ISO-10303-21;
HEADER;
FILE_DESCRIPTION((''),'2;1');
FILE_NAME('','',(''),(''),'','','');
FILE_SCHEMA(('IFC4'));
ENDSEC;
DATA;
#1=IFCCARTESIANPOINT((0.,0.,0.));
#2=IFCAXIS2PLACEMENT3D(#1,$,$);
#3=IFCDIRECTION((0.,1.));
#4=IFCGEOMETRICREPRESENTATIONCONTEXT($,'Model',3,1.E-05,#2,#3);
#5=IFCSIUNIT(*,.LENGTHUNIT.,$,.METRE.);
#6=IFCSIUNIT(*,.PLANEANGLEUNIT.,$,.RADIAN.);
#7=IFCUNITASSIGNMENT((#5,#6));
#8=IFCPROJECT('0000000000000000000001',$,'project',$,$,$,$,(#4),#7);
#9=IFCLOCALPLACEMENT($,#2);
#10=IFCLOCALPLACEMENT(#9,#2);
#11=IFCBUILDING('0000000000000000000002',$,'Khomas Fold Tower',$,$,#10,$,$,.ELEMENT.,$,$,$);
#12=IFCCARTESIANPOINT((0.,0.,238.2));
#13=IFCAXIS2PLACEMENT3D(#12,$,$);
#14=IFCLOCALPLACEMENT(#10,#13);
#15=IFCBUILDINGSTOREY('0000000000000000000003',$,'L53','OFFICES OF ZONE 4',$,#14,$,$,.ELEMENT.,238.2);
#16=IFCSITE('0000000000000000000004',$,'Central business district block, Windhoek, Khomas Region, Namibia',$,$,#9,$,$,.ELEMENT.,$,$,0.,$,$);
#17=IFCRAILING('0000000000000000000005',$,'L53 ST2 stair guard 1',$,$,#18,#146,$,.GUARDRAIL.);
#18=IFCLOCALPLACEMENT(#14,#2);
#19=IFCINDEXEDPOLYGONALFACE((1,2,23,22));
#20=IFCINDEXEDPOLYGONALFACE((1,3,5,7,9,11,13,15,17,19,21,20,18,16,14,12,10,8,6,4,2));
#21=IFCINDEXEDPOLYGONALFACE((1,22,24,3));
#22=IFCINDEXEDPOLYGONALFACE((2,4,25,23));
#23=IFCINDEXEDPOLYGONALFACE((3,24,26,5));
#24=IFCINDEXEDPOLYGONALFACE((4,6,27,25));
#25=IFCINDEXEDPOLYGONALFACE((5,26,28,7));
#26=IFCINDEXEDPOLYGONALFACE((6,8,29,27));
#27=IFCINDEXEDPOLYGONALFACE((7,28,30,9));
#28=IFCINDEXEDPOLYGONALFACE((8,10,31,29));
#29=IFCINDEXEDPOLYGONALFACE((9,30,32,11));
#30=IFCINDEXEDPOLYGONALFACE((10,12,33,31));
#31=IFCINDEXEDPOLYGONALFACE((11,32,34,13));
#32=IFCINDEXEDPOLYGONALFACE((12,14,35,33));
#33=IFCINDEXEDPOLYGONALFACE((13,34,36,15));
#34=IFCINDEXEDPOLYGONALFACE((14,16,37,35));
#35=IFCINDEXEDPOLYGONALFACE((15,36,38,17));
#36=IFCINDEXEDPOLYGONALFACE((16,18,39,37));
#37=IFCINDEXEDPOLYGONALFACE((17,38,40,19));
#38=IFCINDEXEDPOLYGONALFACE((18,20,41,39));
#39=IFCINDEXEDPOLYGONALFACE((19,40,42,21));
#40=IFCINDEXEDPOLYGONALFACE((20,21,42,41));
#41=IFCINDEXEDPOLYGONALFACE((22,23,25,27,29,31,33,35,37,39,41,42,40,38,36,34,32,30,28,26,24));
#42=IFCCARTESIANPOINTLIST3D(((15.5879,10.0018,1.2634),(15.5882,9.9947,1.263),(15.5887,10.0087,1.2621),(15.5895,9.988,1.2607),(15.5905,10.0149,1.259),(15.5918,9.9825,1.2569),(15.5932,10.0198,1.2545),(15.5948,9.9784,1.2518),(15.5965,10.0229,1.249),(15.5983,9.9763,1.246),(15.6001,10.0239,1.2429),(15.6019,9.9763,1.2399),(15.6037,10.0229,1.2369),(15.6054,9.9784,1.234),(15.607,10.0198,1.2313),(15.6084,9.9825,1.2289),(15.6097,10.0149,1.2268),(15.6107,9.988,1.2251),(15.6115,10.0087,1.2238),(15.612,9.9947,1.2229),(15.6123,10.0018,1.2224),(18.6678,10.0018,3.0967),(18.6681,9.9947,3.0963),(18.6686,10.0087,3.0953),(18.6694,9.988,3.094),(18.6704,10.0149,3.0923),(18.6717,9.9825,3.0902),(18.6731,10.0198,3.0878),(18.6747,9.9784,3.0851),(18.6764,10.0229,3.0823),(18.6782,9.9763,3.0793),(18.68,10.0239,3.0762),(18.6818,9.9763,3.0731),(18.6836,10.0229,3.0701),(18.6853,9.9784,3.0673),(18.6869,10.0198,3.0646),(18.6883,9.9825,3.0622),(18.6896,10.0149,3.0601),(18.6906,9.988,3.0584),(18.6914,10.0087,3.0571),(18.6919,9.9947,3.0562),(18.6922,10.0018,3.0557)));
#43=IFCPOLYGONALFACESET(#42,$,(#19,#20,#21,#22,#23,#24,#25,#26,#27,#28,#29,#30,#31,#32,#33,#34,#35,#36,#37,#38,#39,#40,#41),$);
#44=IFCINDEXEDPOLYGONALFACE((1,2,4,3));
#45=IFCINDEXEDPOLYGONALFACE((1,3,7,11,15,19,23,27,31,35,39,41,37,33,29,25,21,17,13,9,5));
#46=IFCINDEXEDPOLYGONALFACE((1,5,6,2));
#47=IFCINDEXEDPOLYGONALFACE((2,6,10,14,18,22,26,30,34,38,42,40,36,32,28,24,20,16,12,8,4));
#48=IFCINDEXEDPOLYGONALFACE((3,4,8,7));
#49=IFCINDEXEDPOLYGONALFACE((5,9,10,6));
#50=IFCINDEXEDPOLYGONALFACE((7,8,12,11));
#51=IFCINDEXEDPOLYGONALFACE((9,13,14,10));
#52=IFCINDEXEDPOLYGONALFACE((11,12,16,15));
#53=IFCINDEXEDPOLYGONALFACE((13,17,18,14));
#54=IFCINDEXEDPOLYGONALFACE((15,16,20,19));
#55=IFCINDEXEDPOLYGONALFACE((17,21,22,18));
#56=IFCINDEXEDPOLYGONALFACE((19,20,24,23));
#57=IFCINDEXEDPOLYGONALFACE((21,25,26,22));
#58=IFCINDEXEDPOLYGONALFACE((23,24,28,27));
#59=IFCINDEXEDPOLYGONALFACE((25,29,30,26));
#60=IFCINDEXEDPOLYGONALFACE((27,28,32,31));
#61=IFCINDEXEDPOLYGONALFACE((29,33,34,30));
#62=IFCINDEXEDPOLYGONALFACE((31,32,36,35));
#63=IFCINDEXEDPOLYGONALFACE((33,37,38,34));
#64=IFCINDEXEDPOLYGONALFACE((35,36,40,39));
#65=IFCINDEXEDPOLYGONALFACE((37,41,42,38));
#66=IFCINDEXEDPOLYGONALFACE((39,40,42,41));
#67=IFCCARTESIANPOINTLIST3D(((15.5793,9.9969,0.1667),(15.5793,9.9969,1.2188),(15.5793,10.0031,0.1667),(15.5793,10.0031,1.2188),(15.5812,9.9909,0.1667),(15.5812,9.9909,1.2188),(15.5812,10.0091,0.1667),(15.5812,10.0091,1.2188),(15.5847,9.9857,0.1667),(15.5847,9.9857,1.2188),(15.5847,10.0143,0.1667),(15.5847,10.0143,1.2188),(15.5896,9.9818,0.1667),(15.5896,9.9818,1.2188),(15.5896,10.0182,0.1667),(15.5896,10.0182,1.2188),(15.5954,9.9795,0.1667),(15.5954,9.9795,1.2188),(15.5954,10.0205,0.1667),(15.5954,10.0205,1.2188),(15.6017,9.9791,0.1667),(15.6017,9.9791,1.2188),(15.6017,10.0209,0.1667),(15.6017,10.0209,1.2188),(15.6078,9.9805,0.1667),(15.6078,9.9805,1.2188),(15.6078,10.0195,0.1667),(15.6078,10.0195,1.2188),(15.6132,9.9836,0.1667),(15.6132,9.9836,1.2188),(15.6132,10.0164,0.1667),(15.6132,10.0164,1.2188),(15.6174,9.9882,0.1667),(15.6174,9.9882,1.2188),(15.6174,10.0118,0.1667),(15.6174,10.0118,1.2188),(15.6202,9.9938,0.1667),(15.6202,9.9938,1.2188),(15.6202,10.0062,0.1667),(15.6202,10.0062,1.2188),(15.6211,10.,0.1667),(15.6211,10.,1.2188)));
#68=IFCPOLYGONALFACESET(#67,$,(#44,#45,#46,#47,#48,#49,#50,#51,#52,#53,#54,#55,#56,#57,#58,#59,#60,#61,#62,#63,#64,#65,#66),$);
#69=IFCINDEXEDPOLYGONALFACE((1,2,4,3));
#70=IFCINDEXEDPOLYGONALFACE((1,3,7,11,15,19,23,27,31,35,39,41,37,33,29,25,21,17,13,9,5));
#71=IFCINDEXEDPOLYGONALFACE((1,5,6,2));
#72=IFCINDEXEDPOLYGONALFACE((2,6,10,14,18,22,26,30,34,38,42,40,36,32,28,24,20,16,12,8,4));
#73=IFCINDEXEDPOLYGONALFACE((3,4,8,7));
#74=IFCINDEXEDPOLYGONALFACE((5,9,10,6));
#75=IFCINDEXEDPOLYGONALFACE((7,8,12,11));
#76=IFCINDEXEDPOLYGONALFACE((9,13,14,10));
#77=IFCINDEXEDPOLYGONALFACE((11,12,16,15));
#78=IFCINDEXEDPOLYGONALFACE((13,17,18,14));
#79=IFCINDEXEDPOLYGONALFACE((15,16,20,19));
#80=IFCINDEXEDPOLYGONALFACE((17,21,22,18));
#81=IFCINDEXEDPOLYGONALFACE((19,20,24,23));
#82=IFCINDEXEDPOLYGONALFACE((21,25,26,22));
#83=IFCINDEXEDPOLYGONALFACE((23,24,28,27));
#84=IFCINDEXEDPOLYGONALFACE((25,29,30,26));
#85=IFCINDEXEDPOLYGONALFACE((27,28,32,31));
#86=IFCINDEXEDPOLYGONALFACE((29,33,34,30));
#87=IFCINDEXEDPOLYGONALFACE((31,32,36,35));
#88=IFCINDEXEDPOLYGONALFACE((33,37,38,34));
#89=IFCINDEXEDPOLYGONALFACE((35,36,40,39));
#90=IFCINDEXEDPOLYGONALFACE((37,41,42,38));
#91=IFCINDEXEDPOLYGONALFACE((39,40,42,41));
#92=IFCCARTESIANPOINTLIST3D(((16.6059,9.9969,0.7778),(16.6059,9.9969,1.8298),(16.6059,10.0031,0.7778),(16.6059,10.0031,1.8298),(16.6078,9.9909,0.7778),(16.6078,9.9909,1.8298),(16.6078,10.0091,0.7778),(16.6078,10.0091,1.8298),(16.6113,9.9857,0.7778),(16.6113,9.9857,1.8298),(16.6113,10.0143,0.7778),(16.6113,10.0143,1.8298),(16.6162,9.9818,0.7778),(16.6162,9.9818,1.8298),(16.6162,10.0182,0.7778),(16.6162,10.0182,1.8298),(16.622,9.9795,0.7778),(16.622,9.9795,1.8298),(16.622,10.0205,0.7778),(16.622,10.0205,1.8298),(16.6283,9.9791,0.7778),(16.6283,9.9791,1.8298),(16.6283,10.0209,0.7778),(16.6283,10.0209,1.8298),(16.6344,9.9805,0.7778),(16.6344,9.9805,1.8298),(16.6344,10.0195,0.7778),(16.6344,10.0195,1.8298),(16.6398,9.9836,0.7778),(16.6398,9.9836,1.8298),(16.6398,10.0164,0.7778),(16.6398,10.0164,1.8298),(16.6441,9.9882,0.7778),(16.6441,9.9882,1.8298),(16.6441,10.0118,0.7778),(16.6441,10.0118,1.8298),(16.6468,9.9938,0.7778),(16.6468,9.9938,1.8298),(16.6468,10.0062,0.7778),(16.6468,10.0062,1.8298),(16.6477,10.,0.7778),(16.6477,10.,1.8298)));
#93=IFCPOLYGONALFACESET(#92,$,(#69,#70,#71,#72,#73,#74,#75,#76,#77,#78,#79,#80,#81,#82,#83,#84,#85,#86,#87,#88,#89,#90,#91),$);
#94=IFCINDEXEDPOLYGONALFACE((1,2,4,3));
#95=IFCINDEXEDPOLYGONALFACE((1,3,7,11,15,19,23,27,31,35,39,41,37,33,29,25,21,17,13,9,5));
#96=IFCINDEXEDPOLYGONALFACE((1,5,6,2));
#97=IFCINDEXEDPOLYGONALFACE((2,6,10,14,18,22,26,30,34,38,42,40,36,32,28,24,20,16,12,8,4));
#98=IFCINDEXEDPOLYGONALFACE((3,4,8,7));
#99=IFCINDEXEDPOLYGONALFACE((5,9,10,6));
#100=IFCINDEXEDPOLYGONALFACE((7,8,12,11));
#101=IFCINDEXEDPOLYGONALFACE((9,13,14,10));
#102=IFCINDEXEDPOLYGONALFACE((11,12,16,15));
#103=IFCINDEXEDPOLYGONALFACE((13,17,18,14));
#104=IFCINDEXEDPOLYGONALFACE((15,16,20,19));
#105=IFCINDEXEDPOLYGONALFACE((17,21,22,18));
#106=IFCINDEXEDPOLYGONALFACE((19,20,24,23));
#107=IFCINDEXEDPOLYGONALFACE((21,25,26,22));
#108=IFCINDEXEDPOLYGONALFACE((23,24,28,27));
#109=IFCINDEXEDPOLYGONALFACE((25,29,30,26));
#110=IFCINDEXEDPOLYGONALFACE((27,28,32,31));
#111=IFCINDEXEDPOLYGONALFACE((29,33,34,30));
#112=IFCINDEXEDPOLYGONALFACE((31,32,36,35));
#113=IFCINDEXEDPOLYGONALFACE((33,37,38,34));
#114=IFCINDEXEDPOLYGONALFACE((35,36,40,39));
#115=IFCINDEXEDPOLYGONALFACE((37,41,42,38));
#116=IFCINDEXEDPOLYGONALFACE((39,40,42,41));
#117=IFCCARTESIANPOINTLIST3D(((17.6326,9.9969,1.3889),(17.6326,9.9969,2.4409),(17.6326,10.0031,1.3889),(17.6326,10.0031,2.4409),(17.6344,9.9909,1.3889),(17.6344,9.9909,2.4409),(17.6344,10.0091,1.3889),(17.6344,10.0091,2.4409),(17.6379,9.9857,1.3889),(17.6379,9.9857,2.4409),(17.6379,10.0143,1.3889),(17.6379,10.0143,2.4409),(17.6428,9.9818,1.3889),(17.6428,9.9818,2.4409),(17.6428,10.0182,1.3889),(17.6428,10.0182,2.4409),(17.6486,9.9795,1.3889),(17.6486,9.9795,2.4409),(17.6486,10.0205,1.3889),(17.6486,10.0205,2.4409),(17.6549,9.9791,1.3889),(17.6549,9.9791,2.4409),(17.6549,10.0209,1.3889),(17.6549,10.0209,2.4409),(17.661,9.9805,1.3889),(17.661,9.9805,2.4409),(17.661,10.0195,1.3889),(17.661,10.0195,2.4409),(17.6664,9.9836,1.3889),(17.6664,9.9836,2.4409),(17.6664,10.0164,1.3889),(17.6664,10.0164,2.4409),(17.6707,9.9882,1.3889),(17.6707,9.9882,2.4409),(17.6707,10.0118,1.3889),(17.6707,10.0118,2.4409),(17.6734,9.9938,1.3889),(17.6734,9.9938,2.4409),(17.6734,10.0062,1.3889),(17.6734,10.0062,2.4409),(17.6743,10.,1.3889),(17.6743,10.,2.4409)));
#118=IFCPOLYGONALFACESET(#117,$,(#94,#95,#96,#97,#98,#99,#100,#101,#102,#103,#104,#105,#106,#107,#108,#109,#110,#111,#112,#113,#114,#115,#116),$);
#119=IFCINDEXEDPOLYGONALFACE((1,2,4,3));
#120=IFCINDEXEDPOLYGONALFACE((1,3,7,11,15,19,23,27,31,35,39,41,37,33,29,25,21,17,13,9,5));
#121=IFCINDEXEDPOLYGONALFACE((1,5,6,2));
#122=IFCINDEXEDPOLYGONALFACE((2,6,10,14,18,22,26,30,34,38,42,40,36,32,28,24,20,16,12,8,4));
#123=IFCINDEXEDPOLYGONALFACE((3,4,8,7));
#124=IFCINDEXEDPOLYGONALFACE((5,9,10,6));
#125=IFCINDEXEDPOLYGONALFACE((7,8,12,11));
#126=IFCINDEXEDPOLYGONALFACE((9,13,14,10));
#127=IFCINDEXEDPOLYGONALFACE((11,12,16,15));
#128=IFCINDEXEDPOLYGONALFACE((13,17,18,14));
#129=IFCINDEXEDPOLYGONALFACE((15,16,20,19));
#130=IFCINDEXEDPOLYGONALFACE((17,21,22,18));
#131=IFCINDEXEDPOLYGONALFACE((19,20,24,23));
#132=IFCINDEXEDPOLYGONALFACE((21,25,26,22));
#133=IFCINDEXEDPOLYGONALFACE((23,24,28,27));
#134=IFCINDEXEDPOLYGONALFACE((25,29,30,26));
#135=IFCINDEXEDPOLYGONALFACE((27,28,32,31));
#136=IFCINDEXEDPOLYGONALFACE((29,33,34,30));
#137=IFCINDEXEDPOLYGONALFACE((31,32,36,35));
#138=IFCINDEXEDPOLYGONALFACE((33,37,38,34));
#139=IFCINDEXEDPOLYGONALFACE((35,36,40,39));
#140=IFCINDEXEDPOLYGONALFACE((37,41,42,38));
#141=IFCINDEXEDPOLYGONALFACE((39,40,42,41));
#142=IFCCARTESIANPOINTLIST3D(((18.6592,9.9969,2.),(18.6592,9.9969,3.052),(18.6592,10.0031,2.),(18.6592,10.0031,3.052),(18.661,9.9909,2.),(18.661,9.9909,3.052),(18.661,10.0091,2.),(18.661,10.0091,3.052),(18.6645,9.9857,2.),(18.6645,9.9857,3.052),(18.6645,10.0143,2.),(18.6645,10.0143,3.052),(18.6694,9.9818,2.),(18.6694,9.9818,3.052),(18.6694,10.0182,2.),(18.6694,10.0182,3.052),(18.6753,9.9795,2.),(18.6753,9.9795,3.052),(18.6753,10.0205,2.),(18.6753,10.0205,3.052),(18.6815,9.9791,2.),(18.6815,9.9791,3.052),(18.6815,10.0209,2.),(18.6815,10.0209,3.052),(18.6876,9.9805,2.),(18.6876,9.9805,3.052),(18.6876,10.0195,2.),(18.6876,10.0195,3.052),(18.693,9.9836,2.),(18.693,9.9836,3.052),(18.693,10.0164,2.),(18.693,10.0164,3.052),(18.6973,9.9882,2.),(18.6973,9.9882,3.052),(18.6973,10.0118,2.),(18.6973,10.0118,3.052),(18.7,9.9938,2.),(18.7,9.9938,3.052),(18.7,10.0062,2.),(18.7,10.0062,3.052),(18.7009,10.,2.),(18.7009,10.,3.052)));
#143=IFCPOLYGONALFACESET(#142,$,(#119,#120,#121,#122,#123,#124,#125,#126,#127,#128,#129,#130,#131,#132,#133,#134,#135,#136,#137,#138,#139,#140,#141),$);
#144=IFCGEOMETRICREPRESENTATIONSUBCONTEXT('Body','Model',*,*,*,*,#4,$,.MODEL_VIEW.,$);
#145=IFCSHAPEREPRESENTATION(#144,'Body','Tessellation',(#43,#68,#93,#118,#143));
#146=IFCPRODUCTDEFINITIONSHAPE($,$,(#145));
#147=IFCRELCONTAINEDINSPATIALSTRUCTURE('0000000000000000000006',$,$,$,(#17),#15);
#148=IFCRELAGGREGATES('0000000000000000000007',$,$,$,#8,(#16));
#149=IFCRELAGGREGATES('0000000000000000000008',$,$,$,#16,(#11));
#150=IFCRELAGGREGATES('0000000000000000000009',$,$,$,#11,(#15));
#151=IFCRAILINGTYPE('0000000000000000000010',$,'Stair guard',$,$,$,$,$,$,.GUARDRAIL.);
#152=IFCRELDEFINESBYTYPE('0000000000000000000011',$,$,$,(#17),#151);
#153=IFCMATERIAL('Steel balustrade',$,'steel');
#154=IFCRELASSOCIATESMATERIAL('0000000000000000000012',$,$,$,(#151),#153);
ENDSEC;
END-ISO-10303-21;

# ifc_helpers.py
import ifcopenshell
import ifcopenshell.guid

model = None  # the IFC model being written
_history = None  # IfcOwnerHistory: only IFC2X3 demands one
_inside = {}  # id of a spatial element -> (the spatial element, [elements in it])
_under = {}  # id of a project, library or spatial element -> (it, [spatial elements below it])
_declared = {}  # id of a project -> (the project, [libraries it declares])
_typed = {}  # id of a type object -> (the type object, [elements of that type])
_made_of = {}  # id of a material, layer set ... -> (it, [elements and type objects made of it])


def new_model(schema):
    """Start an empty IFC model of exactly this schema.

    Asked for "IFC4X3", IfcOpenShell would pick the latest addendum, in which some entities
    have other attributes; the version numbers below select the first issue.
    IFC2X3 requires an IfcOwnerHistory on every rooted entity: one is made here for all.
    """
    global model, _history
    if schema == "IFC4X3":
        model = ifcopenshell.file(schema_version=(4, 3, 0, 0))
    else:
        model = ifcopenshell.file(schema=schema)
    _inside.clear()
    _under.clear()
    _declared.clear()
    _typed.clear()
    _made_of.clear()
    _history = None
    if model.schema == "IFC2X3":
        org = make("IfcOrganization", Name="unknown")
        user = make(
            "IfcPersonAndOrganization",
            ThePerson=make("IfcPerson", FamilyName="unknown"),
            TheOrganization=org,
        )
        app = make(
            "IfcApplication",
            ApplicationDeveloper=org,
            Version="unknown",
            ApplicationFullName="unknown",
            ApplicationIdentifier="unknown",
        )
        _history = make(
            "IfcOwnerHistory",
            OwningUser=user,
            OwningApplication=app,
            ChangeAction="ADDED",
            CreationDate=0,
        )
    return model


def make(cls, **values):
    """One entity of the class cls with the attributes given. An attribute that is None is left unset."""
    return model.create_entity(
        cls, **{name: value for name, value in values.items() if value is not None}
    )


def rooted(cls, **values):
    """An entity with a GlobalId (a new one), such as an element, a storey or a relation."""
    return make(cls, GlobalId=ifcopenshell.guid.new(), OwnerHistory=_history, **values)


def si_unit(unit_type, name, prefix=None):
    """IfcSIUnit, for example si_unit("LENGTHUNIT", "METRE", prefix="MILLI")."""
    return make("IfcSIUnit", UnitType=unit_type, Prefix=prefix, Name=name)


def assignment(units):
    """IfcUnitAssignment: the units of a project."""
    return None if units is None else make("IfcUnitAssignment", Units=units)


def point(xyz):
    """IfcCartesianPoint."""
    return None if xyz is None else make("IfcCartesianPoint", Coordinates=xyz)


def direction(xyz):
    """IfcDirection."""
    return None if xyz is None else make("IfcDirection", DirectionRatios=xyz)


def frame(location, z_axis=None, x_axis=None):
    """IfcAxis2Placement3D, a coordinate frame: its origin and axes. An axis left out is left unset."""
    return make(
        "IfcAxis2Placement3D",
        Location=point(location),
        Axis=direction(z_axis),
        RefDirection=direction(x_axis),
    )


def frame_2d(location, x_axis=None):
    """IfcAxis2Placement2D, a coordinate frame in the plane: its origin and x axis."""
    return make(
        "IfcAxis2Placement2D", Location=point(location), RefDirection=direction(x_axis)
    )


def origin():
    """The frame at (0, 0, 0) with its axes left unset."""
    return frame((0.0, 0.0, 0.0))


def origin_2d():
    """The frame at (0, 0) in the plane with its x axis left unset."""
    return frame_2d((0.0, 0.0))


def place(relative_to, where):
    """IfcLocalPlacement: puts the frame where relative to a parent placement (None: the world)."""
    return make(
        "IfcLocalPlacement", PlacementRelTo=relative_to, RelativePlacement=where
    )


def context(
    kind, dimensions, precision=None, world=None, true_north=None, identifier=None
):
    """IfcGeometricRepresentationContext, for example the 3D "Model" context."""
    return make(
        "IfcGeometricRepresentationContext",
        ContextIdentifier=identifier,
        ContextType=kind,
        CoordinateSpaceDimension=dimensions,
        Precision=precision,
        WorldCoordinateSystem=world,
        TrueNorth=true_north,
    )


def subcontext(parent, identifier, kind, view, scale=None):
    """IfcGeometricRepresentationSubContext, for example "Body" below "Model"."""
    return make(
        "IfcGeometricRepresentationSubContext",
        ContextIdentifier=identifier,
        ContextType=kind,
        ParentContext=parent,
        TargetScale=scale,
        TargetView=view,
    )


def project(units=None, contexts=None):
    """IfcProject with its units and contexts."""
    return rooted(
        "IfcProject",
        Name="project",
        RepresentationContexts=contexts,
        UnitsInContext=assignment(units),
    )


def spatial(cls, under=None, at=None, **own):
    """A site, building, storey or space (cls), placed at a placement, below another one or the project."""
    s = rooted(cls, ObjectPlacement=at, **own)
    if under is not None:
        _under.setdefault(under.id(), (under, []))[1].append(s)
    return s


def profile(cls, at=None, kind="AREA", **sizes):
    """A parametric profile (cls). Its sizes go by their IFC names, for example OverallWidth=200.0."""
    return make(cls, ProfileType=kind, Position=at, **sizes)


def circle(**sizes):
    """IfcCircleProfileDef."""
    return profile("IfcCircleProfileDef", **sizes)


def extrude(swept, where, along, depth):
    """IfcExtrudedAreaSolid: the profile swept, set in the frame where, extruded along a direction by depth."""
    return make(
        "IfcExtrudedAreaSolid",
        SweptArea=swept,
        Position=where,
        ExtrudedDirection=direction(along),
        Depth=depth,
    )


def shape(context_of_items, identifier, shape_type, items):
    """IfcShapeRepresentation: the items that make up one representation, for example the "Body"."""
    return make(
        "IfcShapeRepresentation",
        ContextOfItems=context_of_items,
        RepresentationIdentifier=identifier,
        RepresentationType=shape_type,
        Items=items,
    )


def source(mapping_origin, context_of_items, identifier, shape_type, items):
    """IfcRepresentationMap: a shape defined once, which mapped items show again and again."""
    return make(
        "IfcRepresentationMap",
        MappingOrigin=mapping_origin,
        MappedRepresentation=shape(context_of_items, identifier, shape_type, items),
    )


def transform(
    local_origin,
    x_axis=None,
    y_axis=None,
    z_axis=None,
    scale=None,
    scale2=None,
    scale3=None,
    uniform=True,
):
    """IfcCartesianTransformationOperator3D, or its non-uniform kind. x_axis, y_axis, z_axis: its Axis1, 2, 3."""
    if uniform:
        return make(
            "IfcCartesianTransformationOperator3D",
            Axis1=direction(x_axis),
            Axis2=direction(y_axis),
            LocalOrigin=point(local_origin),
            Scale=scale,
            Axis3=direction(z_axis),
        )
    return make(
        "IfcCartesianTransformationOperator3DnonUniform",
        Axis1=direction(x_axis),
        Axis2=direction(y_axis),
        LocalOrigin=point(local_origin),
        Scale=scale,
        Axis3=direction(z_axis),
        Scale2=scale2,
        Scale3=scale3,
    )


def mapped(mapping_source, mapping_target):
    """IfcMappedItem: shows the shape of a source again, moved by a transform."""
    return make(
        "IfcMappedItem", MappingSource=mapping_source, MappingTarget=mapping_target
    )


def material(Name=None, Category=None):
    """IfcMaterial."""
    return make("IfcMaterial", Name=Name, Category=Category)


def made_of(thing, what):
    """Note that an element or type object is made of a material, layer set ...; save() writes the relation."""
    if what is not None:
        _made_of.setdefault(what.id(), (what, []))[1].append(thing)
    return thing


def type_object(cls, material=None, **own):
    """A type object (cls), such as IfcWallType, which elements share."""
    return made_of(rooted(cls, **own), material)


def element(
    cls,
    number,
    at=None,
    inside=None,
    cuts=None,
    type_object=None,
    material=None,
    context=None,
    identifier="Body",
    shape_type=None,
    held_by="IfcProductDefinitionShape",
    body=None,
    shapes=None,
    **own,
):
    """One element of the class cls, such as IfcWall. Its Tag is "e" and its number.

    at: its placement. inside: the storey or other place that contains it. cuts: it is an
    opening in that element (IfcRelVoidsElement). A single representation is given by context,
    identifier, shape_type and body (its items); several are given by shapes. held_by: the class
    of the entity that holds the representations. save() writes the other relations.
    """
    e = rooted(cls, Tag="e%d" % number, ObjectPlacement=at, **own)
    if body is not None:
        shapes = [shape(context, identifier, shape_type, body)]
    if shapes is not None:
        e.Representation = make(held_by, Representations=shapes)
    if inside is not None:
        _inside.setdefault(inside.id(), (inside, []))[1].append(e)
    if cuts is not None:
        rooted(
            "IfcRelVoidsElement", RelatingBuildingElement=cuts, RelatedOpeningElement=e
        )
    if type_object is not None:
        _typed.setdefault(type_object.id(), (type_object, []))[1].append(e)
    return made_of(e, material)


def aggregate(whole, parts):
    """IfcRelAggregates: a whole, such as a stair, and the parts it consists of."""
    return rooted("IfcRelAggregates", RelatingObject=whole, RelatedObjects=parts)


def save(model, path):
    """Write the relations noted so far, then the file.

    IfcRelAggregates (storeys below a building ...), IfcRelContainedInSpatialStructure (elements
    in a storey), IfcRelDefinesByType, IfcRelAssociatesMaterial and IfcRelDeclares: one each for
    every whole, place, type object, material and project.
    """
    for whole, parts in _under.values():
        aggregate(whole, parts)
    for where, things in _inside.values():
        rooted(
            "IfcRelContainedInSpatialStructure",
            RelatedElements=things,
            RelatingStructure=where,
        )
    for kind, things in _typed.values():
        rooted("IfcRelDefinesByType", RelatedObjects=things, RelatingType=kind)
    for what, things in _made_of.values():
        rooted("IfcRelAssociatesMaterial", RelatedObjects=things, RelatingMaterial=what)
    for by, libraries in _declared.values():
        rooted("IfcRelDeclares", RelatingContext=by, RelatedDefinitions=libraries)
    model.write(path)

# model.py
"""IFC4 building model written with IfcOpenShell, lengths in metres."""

from ifc_helpers import new_model, si_unit, direction, frame, origin, origin_2d, place, context, subcontext, project, spatial, circle, extrude, source, transform, mapped, material, type_object, element, save


model = new_model("IFC4")

# Units and contexts
model_context = context("Model", 3, precision=1e-05, world=origin(), true_north=direction((0.0, 1.0)))
body_context = subcontext(model_context, "Body", "Model", "MODEL_VIEW")
ifc_project = project(units=[si_unit("LENGTHUNIT", "METRE"), si_unit("PLANEANGLEUNIT", "RADIAN")], contexts=[model_context])

# Site, building, storey
site_placement = place(None, origin())
site = spatial("IfcSite", under=ifc_project, at=site_placement, Name="Central business district block, Windhoek, Khomas Region, Namibia", CompositionType="ELEMENT", RefElevation=0.0)
building_placement = place(site_placement, origin())
building = spatial("IfcBuilding", under=site, at=building_placement, Name="Khomas Fold Tower", CompositionType="ELEMENT")
storey_placement = place(building_placement, frame((0.0, 0.0, 238.2)))
storey = spatial("IfcBuildingStorey", under=building, at=storey_placement, Name="L53", Description="OFFICES OF ZONE 4", CompositionType="ELEMENT", Elevation=238.2)

# Railing
ifc_material_1 = material(Name="Steel balustrade", Category="steel")
railing_type_1 = type_object("IfcRailingType", Name="Stair guard", PredefinedType="GUARDRAIL", material=ifc_material_1)
shared_shape_1 = source(origin(), body_context, "Body", "SweptSolid", [
    extrude(circle(Radius=0.0239, at=origin_2d()), frame((0.0, 0.0, 1.0762), z_axis=(0.859291, 0.0, 0.511487), x_axis=(0.0, 1.0, 0.0)), (0.0, 0.0, 1.0), 3.5842),
    extrude(circle(Radius=0.021, at=origin_2d()), origin(), (0.0, 0.0, 1.0), 1.052),
    extrude(circle(Radius=0.021, at=origin_2d()), frame((1.0266, 0.0, 0.6111)), (0.0, 0.0, 1.0), 1.052),
    extrude(circle(Radius=0.021, at=origin_2d()), frame((2.0532, 0.0, 1.2222)), (0.0, 0.0, 1.0), 1.052),
    extrude(circle(Radius=0.021, at=origin_2d()), frame((3.0798, 0.0, 1.8333)), (0.0, 0.0, 1.0), 1.052),
])
railing_1_placement = place(storey_placement, frame((15.6001, 10.0, 0.1667)))
element("IfcRailing", 1, at=railing_1_placement, inside=storey, type_object=railing_type_1, Name="L53 ST2 stair guard 1", PredefinedType="GUARDRAIL", context=body_context, shape_type="MappedRepresentation", body=[
    mapped(shared_shape_1, transform((0.0, 0.0, 0.0))),
])

save(model, "model.ifc")
